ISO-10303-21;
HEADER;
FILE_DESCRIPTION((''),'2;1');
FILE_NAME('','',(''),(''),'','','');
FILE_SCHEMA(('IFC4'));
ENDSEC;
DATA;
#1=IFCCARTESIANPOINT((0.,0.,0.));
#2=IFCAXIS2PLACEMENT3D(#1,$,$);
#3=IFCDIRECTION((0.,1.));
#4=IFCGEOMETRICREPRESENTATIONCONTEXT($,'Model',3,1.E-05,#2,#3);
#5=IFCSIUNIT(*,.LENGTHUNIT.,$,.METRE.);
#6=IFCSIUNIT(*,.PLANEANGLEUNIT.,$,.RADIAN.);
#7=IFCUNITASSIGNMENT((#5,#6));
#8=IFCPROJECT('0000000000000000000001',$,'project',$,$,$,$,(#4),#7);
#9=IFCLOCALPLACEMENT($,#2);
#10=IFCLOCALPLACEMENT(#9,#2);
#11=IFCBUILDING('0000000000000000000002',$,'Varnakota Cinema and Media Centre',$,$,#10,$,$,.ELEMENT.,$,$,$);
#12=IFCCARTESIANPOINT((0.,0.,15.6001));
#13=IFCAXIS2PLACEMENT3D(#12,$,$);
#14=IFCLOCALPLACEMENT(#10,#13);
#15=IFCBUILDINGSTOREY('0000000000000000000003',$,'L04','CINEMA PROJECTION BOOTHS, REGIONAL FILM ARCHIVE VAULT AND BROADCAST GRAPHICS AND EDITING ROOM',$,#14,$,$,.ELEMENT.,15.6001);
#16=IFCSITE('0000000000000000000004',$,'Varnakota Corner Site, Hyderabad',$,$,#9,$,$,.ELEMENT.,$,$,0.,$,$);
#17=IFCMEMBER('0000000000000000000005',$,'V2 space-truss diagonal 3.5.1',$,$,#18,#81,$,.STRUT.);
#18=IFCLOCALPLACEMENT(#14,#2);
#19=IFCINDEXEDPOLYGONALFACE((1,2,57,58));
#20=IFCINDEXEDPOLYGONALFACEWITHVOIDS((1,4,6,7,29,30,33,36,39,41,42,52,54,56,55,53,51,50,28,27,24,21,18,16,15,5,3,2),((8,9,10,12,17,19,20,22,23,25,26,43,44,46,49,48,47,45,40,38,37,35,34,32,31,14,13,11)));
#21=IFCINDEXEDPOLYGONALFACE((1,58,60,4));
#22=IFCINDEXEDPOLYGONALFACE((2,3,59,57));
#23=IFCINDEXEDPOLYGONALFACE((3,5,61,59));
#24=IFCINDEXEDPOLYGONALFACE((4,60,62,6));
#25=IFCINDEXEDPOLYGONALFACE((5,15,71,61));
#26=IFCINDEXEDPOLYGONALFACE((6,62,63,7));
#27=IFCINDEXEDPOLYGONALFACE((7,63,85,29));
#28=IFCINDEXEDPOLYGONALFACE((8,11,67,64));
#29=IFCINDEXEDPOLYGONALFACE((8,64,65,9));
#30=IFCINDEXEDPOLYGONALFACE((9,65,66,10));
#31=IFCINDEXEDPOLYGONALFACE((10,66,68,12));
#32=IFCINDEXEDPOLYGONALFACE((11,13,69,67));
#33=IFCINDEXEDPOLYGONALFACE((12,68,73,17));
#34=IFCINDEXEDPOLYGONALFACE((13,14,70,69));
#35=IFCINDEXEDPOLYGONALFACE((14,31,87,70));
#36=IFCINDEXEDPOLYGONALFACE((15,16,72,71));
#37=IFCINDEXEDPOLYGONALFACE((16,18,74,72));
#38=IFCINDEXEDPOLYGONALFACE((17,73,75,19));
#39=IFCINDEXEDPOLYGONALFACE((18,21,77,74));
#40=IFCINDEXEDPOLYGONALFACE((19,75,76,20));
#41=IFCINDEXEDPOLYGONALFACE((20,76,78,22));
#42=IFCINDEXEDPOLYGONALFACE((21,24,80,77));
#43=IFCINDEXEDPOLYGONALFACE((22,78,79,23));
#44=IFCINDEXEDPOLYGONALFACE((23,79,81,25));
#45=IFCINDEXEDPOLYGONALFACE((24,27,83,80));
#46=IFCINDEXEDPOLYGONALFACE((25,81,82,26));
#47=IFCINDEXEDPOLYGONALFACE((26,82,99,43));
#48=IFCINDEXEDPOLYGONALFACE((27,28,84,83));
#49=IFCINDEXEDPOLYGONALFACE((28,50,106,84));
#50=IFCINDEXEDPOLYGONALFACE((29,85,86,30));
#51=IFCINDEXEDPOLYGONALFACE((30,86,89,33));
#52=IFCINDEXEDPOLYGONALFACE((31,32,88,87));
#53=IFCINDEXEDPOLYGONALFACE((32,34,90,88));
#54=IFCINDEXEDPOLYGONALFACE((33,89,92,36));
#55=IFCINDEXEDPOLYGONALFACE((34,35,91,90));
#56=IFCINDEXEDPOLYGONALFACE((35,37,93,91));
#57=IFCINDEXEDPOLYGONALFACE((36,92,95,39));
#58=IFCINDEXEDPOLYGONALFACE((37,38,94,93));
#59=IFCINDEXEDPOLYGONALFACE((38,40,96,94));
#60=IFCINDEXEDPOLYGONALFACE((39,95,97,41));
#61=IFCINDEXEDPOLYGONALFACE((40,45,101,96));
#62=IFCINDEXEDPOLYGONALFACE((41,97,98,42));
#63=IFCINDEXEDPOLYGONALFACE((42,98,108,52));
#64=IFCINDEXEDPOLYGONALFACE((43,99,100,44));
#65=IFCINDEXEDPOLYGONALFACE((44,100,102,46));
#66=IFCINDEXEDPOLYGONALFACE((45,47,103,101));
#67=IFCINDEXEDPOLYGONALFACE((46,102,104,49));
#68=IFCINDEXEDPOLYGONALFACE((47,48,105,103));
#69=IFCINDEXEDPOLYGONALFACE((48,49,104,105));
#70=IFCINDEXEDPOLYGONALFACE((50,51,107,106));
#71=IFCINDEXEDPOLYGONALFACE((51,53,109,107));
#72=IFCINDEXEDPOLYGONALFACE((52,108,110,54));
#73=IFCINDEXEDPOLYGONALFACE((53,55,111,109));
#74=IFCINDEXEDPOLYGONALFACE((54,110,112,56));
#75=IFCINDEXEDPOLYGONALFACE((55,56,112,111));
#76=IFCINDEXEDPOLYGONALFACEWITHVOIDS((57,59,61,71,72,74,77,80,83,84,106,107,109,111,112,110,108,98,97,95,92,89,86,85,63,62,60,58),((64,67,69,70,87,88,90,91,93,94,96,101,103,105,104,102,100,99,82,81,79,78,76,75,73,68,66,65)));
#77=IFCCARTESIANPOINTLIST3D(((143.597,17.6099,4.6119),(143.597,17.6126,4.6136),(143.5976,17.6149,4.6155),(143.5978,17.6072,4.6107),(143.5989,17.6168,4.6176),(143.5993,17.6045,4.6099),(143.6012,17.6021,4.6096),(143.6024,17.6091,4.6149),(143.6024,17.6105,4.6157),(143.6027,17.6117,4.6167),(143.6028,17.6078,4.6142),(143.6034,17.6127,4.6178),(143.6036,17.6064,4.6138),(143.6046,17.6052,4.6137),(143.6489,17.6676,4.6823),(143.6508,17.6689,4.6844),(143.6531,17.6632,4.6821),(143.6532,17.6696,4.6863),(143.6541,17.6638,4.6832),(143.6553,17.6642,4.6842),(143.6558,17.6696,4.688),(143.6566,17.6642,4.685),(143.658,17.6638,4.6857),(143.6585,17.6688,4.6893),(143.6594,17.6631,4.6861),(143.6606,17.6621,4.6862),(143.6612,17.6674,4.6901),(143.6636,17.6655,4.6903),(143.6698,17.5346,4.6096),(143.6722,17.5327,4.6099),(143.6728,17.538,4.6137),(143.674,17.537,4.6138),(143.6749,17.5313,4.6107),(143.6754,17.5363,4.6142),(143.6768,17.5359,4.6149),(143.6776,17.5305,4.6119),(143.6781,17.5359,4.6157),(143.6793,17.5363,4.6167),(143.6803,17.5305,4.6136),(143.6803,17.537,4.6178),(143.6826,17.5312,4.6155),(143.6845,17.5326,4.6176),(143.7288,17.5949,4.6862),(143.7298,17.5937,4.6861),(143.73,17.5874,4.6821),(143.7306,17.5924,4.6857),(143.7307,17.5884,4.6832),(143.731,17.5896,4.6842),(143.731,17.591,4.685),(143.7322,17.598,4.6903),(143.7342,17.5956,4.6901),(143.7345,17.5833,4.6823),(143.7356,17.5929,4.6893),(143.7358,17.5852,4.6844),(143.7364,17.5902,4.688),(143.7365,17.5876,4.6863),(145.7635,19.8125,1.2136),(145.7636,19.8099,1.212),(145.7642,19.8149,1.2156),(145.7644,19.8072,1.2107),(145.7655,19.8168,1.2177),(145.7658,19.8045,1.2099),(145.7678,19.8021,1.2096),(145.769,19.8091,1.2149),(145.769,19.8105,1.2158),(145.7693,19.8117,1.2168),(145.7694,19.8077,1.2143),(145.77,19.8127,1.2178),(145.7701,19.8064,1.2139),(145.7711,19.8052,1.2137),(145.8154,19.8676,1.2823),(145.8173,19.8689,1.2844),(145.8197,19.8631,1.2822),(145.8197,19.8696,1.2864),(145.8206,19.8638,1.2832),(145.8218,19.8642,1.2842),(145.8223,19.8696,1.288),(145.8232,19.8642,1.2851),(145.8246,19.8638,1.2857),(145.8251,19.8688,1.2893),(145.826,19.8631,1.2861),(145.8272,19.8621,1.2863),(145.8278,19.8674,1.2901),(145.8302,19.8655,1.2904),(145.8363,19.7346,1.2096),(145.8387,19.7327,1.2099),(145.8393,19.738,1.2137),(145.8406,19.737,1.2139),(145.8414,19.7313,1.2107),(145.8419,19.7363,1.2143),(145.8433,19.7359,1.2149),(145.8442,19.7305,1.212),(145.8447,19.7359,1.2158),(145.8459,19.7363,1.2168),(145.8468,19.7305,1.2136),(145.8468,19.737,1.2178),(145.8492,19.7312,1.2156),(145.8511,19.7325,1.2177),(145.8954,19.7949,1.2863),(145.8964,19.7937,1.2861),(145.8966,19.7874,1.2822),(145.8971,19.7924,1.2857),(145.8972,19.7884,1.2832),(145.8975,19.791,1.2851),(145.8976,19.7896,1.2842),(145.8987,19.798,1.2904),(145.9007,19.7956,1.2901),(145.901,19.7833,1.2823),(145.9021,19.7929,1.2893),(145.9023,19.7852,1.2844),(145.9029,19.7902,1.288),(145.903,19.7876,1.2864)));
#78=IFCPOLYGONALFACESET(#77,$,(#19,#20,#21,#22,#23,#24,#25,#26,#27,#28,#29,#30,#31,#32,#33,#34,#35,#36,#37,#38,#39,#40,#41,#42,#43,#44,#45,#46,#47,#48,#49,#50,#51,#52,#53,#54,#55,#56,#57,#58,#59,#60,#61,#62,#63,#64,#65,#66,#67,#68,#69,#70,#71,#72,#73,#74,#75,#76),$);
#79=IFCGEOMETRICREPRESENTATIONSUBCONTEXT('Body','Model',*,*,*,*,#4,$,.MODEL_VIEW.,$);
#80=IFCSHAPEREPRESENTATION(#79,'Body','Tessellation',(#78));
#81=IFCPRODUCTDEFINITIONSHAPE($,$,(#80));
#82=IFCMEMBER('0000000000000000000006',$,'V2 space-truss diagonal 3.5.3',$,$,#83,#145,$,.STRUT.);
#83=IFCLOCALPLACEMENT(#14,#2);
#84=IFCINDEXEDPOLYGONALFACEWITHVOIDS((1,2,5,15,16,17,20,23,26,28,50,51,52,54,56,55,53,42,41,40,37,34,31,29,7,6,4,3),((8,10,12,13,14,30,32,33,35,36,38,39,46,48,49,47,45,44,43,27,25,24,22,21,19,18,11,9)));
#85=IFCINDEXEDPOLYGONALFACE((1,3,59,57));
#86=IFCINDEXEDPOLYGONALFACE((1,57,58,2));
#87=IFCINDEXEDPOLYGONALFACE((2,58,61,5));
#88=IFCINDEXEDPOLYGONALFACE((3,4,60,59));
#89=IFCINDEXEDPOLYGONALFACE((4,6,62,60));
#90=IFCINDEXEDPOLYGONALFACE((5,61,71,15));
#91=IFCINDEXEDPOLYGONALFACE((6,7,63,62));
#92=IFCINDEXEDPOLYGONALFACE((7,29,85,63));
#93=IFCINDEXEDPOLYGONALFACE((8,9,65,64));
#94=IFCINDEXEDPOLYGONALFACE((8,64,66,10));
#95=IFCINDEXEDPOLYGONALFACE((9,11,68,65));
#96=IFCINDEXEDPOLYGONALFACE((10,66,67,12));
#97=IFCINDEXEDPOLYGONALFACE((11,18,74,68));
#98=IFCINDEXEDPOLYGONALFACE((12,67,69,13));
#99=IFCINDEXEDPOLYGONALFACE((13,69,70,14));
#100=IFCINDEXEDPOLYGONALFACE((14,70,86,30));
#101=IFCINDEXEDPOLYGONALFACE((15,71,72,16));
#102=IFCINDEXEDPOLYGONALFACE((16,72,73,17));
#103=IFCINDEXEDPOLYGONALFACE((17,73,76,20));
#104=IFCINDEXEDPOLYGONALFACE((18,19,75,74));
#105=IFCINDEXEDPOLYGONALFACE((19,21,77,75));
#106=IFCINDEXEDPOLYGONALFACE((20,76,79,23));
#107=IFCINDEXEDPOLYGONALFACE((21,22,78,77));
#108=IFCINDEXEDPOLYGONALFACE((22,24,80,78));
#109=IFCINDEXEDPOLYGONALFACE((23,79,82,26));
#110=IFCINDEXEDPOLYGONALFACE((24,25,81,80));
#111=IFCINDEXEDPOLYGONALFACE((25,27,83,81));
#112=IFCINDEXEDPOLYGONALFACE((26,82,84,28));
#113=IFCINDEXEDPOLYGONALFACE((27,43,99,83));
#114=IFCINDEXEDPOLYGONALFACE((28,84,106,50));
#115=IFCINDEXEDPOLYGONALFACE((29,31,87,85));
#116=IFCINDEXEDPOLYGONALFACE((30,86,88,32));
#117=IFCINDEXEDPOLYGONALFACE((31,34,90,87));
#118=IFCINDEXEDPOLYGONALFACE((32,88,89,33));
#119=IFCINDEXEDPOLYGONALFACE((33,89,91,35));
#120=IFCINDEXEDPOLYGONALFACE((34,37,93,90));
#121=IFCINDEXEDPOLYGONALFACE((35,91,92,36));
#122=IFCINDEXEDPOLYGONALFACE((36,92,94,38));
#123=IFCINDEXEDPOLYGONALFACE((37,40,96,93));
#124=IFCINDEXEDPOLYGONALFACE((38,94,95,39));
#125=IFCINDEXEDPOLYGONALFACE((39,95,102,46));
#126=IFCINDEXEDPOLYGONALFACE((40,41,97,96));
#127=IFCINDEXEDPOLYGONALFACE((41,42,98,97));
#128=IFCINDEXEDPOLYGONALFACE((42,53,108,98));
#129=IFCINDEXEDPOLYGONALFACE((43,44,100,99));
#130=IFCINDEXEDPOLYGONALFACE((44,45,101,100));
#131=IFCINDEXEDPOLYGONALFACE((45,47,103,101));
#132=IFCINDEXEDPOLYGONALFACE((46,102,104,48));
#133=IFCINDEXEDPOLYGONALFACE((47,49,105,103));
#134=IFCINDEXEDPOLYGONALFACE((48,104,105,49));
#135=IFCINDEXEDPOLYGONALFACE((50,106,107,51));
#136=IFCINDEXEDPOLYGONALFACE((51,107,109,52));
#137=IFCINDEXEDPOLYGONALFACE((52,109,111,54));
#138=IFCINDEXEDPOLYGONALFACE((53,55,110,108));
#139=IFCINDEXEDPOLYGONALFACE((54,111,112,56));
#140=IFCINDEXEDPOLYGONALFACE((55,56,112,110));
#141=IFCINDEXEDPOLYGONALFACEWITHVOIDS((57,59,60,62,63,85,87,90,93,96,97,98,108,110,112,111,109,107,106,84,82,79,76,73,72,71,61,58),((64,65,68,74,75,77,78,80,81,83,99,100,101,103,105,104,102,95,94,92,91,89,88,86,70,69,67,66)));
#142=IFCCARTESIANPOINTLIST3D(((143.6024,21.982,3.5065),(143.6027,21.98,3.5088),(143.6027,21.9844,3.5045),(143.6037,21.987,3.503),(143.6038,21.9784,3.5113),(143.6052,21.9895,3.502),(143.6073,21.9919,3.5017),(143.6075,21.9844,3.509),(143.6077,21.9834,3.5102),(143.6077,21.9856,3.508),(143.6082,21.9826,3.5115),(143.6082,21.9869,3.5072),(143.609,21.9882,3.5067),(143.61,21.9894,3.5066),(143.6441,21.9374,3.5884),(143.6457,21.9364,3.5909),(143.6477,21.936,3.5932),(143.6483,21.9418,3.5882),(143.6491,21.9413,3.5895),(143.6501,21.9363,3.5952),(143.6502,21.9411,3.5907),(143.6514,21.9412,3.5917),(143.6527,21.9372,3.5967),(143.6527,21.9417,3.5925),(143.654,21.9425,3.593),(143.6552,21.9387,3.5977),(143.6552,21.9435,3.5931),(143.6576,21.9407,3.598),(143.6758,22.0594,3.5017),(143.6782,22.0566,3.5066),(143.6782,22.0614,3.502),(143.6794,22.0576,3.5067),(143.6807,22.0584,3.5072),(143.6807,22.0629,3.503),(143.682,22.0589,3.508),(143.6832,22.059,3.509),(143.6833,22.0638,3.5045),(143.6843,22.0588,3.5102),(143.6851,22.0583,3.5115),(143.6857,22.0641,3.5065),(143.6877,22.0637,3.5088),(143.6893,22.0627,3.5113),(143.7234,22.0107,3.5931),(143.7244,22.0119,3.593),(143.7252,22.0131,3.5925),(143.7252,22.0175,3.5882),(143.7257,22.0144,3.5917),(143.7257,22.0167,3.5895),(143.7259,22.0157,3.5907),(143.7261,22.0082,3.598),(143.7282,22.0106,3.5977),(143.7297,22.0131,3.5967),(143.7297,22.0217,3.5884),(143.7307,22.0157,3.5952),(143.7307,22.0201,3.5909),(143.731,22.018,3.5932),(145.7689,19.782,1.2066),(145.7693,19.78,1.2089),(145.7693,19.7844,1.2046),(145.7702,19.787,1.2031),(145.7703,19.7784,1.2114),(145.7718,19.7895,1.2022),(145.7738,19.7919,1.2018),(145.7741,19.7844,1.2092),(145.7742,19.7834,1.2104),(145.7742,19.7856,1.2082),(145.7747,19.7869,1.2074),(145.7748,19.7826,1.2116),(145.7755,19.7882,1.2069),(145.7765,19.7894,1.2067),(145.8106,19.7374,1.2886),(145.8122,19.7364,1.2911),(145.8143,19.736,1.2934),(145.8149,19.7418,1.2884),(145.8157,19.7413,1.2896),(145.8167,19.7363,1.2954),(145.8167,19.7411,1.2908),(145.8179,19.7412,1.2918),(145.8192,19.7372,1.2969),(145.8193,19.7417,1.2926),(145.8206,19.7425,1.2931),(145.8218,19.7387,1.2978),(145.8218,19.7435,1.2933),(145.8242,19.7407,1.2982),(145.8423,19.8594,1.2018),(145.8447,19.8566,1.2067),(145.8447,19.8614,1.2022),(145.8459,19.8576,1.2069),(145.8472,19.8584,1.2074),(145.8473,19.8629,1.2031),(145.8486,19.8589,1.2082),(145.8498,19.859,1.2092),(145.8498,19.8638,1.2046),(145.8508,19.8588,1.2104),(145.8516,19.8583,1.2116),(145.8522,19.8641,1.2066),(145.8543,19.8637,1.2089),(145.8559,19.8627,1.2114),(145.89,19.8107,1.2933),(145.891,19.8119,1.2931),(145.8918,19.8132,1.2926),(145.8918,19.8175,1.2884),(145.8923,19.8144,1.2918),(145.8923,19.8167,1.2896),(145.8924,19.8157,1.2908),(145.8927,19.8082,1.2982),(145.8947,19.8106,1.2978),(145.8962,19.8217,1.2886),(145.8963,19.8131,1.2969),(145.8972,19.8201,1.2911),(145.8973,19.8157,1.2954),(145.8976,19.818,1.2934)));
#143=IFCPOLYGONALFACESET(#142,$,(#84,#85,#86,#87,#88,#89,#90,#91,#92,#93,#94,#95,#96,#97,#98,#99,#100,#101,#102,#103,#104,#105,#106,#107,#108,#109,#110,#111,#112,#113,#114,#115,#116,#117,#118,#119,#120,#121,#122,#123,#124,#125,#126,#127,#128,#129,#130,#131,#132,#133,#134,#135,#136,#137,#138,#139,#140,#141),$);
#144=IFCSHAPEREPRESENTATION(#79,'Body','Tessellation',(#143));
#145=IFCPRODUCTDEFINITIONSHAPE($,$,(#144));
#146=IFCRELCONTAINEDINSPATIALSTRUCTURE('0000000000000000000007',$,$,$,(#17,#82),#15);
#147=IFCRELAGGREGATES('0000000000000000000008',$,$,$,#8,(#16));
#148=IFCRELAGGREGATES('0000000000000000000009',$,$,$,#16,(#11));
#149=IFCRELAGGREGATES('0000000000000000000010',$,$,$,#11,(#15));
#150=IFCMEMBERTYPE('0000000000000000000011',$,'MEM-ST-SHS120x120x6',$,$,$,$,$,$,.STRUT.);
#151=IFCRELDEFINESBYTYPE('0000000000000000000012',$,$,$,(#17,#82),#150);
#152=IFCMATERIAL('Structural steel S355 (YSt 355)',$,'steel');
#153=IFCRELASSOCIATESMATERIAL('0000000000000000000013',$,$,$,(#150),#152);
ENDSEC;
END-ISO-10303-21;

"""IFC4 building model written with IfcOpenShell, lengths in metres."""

from ifc_helpers import new_model, si_unit, direction, frame, origin, origin_2d, place, context, subcontext, project, spatial, hollow_rectangle, extrude, material, material_profile, profile_set, type_object, element, save


model = new_model("IFC4")

# Units and contexts
model_context = context("Model", 3, precision=1e-05, world=origin(), true_north=direction((0.0, 1.0)))
body_context = subcontext(model_context, "Body", "Model", "MODEL_VIEW")
ifc_project = project(units=[si_unit("LENGTHUNIT", "METRE"), si_unit("PLANEANGLEUNIT", "RADIAN")], contexts=[model_context])

# Site, building, storey
site_placement = place(None, origin())
site = spatial("IfcSite", under=ifc_project, at=site_placement, Name="Varnakota Corner Site, Hyderabad", CompositionType="ELEMENT", RefElevation=0.0)
building_placement = place(site_placement, origin())
building = spatial("IfcBuilding", under=site, at=building_placement, Name="Varnakota Cinema and Media Centre", CompositionType="ELEMENT")
storey_placement = place(building_placement, frame((0.0, 0.0, 15.6001)))
storey = spatial("IfcBuildingStorey", under=building, at=storey_placement, Name="L04", Description="CINEMA PROJECTION BOOTHS, REGIONAL FILM ARCHIVE VAULT AND BROADCAST GRAPHICS AND EDITING ROOM", CompositionType="ELEMENT", Elevation=15.6001)

# Members
ifc_material_1 = material(Name="Structural steel S355 (YSt 355)", Category="steel")
ifc_material_profile_1 = material_profile(ifc_material_1, hollow_rectangle(XDim=0.1201, YDim=0.1201, WallThickness=0.0061, InnerFilletRadius=0.0061, OuterFilletRadius=0.012, at=origin_2d()), Name="SHS 120x120x6")
ifc_profile_set_1 = profile_set([ifc_material_profile_1], Name="Structural steel S355 (YSt 355)")
member_type_1 = type_object("IfcMemberType", Name="MEM-ST-SHS120x120x6", PredefinedType="STRUT", material=ifc_profile_set_1)
member_1_placement = place(storey_placement, frame((145.8333, 19.8, 1.25), z_axis=(-0.471728, -0.479011, 0.740285), x_axis=(0.712502, -0.70167, 0.0)))
element("IfcMember", 1, at=member_1_placement, inside=storey, type_object=member_type_1, Name="V2 space-truss diagonal 3.5.1", PredefinedType="STRUT", context=body_context, shape_type="SweptSolid", body=[
    extrude(hollow_rectangle(XDim=0.1201, YDim=0.1201, WallThickness=0.0061, InnerFilletRadius=0.0061, OuterFilletRadius=0.012, at=origin_2d()), origin(), (0.0, 0.0, 1.0), 4.5928),
])
member_2_placement = place(storey_placement, frame((145.8333, 19.8, 1.25), z_axis=(-0.562726, 0.571413, 0.597349), x_axis=(-0.712502, -0.70167, 0.0)))
element("IfcMember", 2, at=member_2_placement, inside=storey, type_object=member_type_1, Name="V2 space-truss diagonal 3.5.3", PredefinedType="STRUT", context=body_context, shape_type="SweptSolid", body=[
    extrude(hollow_rectangle(XDim=0.1201, YDim=0.1201, WallThickness=0.0061, InnerFilletRadius=0.0061, OuterFilletRadius=0.012, at=origin_2d()), origin(), (0.0, 0.0, 1.0), 3.8501),
])

save(model, "model.ifc")
